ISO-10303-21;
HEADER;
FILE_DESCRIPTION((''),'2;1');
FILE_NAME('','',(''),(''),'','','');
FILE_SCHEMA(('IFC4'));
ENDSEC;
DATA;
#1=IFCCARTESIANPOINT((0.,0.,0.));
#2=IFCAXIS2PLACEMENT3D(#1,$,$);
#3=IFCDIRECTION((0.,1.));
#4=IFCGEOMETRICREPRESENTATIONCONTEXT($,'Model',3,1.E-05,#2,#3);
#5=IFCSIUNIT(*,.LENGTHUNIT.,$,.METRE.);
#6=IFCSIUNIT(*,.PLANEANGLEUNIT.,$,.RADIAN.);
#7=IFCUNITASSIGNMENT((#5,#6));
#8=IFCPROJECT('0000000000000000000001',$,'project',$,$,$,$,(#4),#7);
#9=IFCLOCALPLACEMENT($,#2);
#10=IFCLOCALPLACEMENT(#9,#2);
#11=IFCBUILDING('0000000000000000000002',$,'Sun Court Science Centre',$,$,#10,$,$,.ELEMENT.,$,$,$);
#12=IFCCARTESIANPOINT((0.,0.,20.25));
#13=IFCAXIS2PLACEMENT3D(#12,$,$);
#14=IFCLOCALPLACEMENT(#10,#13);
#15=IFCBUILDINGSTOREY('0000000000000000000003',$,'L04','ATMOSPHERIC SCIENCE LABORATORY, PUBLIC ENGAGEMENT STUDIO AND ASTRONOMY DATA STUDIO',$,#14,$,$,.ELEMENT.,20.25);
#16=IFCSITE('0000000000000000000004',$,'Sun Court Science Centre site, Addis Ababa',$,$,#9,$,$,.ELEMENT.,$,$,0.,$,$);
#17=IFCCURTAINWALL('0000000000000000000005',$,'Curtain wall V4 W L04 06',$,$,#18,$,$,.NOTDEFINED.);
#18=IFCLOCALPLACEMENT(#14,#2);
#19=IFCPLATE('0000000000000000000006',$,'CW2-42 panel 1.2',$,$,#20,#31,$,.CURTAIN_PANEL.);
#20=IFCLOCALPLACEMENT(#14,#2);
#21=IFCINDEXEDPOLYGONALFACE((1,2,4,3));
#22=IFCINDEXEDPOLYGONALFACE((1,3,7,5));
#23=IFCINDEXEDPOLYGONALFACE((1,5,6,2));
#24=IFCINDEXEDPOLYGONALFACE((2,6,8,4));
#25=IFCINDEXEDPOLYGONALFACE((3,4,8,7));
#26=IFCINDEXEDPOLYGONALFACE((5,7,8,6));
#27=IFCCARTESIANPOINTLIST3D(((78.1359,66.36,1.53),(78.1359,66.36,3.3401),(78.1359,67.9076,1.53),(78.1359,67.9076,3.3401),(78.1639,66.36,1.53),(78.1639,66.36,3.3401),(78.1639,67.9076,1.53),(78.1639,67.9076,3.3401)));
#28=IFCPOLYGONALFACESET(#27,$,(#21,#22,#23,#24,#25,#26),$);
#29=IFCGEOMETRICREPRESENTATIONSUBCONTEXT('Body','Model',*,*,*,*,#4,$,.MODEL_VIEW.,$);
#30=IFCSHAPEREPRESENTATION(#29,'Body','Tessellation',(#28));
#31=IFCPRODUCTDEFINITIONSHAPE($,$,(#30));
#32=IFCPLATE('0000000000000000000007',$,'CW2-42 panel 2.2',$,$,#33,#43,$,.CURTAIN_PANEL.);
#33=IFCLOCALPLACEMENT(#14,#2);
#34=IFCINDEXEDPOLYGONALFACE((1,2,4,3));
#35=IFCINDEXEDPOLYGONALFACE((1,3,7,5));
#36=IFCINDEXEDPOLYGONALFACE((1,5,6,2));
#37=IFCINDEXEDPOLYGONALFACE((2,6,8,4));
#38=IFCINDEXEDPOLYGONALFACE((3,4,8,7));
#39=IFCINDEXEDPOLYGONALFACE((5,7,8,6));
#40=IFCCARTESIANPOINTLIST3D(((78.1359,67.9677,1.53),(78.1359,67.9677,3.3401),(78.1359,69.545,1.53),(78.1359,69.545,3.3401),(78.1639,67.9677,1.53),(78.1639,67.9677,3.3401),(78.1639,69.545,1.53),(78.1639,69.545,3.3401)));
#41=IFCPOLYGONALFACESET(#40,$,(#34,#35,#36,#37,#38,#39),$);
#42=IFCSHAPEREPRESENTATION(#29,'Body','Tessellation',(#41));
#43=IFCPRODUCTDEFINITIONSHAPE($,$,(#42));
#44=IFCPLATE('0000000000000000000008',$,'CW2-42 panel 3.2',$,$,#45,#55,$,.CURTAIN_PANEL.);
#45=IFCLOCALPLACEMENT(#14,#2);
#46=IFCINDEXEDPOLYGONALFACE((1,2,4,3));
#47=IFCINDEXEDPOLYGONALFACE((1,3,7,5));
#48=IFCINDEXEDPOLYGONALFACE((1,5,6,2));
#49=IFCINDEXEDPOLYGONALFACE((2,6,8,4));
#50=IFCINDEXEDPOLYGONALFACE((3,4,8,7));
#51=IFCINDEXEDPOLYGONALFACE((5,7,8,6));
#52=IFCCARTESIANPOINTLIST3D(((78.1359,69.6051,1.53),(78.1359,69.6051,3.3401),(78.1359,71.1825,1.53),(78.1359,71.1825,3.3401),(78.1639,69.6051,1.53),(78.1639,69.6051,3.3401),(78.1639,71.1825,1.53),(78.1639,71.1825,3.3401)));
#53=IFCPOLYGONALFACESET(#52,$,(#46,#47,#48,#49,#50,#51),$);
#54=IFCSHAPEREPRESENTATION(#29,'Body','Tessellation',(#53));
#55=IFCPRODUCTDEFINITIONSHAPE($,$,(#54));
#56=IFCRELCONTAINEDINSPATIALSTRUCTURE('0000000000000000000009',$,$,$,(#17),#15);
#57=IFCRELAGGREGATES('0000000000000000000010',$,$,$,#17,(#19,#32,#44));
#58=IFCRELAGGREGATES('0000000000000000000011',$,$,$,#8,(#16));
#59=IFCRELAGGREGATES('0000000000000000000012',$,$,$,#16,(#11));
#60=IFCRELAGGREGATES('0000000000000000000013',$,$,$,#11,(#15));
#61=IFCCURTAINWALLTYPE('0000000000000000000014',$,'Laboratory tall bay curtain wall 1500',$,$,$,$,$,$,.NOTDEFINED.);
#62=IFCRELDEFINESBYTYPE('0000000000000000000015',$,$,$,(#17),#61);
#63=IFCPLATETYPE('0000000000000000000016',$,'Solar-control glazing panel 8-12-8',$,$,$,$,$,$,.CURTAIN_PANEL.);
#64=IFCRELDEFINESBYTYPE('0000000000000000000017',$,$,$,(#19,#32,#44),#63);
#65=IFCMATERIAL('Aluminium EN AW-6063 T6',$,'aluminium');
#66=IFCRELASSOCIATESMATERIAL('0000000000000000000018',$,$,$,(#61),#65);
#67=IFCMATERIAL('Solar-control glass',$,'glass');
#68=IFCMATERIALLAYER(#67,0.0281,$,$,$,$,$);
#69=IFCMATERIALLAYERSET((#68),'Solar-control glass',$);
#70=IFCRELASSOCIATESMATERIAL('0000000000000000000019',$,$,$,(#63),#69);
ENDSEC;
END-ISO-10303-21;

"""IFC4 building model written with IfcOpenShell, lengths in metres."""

from ifc_helpers import new_model, si_unit, direction, frame, origin, origin_2d, place, context, subcontext, project, spatial, rectangle, extrude, material, layer, layer_set, type_object, element, aggregate, save


model = new_model("IFC4")

# Units and contexts
model_context = context("Model", 3, precision=1e-05, world=origin(), true_north=direction((0.0, 1.0)))
body_context = subcontext(model_context, "Body", "Model", "MODEL_VIEW")
ifc_project = project(units=[si_unit("LENGTHUNIT", "METRE"), si_unit("PLANEANGLEUNIT", "RADIAN")], contexts=[model_context])

# Site, building, storey
site_placement = place(None, origin())
site = spatial("IfcSite", under=ifc_project, at=site_placement, Name="Sun Court Science Centre site, Addis Ababa", CompositionType="ELEMENT", RefElevation=0.0)
building_placement = place(site_placement, origin())
building = spatial("IfcBuilding", under=site, at=building_placement, Name="Sun Court Science Centre", CompositionType="ELEMENT")
storey_placement = place(building_placement, frame((0.0, 0.0, 20.25)))
storey = spatial("IfcBuildingStorey", under=building, at=storey_placement, Name="L04", Description="ATMOSPHERIC SCIENCE LABORATORY, PUBLIC ENGAGEMENT STUDIO AND ASTRONOMY DATA STUDIO", CompositionType="ELEMENT", Elevation=20.25)

# Curtain wall
ifc_material_1 = material(Name="Aluminium EN AW-6063 T6", Category="aluminium")
curtain_wall_type = type_object("IfcCurtainWallType", Name="Laboratory tall bay curtain wall 1500", PredefinedType="NOTDEFINED", material=ifc_material_1)
curtain_wall_1_placement = place(storey_placement, origin())
curtain_wall_1 = element("IfcCurtainWall", 1, at=curtain_wall_1_placement, inside=storey, type_object=curtain_wall_type, Name="Curtain wall V4 W L04 06", PredefinedType="NOTDEFINED")

# Plates
ifc_material_2 = material(Name="Solar-control glass", Category="glass")
ifc_layer = layer(ifc_material_2, 0.0281)
ifc_layer_set = layer_set([ifc_layer], Name="Solar-control glass")
plate_type = type_object("IfcPlateType", Name="Solar-control glazing panel 8-12-8", PredefinedType="CURTAIN_PANEL", material=ifc_layer_set)
plate_1_placement = place(storey_placement, frame((78.1499, 67.1338, 1.53), z_axis=(0.0, 0.0, 1.0), x_axis=(0.0, 1.0, 0.0)))
plate_1 = element("IfcPlate", 2, at=plate_1_placement, type_object=plate_type, Name="CW2-42 panel 1.2", PredefinedType="CURTAIN_PANEL", context=body_context, shape_type="SweptSolid", body=[
    extrude(rectangle(XDim=1.5476, YDim=0.0281, at=origin_2d()), origin(), (0.0, 0.0, 1.0), 1.8101),
])
plate_2_placement = place(storey_placement, frame((78.1499, 68.7563, 1.53), z_axis=(0.0, 0.0, 1.0), x_axis=(0.0, 1.0, 0.0)))
plate_2 = element("IfcPlate", 3, at=plate_2_placement, type_object=plate_type, Name="CW2-42 panel 2.2", PredefinedType="CURTAIN_PANEL", context=body_context, shape_type="SweptSolid", body=[
    extrude(rectangle(XDim=1.5774, YDim=0.0281, at=origin_2d()), origin(), (0.0, 0.0, 1.0), 1.8101),
])
plate_3_placement = place(storey_placement, frame((78.1499, 70.3938, 1.53), z_axis=(0.0, 0.0, 1.0), x_axis=(0.0, 1.0, 0.0)))
plate_3 = element("IfcPlate", 4, at=plate_3_placement, type_object=plate_type, Name="CW2-42 panel 3.2", PredefinedType="CURTAIN_PANEL", context=body_context, shape_type="SweptSolid", body=[
    extrude(rectangle(XDim=1.5774, YDim=0.0281, at=origin_2d()), origin(), (0.0, 0.0, 1.0), 1.8101),
])
aggregate(curtain_wall_1, [plate_1, plate_2, plate_3])

save(model, "model.ifc")
